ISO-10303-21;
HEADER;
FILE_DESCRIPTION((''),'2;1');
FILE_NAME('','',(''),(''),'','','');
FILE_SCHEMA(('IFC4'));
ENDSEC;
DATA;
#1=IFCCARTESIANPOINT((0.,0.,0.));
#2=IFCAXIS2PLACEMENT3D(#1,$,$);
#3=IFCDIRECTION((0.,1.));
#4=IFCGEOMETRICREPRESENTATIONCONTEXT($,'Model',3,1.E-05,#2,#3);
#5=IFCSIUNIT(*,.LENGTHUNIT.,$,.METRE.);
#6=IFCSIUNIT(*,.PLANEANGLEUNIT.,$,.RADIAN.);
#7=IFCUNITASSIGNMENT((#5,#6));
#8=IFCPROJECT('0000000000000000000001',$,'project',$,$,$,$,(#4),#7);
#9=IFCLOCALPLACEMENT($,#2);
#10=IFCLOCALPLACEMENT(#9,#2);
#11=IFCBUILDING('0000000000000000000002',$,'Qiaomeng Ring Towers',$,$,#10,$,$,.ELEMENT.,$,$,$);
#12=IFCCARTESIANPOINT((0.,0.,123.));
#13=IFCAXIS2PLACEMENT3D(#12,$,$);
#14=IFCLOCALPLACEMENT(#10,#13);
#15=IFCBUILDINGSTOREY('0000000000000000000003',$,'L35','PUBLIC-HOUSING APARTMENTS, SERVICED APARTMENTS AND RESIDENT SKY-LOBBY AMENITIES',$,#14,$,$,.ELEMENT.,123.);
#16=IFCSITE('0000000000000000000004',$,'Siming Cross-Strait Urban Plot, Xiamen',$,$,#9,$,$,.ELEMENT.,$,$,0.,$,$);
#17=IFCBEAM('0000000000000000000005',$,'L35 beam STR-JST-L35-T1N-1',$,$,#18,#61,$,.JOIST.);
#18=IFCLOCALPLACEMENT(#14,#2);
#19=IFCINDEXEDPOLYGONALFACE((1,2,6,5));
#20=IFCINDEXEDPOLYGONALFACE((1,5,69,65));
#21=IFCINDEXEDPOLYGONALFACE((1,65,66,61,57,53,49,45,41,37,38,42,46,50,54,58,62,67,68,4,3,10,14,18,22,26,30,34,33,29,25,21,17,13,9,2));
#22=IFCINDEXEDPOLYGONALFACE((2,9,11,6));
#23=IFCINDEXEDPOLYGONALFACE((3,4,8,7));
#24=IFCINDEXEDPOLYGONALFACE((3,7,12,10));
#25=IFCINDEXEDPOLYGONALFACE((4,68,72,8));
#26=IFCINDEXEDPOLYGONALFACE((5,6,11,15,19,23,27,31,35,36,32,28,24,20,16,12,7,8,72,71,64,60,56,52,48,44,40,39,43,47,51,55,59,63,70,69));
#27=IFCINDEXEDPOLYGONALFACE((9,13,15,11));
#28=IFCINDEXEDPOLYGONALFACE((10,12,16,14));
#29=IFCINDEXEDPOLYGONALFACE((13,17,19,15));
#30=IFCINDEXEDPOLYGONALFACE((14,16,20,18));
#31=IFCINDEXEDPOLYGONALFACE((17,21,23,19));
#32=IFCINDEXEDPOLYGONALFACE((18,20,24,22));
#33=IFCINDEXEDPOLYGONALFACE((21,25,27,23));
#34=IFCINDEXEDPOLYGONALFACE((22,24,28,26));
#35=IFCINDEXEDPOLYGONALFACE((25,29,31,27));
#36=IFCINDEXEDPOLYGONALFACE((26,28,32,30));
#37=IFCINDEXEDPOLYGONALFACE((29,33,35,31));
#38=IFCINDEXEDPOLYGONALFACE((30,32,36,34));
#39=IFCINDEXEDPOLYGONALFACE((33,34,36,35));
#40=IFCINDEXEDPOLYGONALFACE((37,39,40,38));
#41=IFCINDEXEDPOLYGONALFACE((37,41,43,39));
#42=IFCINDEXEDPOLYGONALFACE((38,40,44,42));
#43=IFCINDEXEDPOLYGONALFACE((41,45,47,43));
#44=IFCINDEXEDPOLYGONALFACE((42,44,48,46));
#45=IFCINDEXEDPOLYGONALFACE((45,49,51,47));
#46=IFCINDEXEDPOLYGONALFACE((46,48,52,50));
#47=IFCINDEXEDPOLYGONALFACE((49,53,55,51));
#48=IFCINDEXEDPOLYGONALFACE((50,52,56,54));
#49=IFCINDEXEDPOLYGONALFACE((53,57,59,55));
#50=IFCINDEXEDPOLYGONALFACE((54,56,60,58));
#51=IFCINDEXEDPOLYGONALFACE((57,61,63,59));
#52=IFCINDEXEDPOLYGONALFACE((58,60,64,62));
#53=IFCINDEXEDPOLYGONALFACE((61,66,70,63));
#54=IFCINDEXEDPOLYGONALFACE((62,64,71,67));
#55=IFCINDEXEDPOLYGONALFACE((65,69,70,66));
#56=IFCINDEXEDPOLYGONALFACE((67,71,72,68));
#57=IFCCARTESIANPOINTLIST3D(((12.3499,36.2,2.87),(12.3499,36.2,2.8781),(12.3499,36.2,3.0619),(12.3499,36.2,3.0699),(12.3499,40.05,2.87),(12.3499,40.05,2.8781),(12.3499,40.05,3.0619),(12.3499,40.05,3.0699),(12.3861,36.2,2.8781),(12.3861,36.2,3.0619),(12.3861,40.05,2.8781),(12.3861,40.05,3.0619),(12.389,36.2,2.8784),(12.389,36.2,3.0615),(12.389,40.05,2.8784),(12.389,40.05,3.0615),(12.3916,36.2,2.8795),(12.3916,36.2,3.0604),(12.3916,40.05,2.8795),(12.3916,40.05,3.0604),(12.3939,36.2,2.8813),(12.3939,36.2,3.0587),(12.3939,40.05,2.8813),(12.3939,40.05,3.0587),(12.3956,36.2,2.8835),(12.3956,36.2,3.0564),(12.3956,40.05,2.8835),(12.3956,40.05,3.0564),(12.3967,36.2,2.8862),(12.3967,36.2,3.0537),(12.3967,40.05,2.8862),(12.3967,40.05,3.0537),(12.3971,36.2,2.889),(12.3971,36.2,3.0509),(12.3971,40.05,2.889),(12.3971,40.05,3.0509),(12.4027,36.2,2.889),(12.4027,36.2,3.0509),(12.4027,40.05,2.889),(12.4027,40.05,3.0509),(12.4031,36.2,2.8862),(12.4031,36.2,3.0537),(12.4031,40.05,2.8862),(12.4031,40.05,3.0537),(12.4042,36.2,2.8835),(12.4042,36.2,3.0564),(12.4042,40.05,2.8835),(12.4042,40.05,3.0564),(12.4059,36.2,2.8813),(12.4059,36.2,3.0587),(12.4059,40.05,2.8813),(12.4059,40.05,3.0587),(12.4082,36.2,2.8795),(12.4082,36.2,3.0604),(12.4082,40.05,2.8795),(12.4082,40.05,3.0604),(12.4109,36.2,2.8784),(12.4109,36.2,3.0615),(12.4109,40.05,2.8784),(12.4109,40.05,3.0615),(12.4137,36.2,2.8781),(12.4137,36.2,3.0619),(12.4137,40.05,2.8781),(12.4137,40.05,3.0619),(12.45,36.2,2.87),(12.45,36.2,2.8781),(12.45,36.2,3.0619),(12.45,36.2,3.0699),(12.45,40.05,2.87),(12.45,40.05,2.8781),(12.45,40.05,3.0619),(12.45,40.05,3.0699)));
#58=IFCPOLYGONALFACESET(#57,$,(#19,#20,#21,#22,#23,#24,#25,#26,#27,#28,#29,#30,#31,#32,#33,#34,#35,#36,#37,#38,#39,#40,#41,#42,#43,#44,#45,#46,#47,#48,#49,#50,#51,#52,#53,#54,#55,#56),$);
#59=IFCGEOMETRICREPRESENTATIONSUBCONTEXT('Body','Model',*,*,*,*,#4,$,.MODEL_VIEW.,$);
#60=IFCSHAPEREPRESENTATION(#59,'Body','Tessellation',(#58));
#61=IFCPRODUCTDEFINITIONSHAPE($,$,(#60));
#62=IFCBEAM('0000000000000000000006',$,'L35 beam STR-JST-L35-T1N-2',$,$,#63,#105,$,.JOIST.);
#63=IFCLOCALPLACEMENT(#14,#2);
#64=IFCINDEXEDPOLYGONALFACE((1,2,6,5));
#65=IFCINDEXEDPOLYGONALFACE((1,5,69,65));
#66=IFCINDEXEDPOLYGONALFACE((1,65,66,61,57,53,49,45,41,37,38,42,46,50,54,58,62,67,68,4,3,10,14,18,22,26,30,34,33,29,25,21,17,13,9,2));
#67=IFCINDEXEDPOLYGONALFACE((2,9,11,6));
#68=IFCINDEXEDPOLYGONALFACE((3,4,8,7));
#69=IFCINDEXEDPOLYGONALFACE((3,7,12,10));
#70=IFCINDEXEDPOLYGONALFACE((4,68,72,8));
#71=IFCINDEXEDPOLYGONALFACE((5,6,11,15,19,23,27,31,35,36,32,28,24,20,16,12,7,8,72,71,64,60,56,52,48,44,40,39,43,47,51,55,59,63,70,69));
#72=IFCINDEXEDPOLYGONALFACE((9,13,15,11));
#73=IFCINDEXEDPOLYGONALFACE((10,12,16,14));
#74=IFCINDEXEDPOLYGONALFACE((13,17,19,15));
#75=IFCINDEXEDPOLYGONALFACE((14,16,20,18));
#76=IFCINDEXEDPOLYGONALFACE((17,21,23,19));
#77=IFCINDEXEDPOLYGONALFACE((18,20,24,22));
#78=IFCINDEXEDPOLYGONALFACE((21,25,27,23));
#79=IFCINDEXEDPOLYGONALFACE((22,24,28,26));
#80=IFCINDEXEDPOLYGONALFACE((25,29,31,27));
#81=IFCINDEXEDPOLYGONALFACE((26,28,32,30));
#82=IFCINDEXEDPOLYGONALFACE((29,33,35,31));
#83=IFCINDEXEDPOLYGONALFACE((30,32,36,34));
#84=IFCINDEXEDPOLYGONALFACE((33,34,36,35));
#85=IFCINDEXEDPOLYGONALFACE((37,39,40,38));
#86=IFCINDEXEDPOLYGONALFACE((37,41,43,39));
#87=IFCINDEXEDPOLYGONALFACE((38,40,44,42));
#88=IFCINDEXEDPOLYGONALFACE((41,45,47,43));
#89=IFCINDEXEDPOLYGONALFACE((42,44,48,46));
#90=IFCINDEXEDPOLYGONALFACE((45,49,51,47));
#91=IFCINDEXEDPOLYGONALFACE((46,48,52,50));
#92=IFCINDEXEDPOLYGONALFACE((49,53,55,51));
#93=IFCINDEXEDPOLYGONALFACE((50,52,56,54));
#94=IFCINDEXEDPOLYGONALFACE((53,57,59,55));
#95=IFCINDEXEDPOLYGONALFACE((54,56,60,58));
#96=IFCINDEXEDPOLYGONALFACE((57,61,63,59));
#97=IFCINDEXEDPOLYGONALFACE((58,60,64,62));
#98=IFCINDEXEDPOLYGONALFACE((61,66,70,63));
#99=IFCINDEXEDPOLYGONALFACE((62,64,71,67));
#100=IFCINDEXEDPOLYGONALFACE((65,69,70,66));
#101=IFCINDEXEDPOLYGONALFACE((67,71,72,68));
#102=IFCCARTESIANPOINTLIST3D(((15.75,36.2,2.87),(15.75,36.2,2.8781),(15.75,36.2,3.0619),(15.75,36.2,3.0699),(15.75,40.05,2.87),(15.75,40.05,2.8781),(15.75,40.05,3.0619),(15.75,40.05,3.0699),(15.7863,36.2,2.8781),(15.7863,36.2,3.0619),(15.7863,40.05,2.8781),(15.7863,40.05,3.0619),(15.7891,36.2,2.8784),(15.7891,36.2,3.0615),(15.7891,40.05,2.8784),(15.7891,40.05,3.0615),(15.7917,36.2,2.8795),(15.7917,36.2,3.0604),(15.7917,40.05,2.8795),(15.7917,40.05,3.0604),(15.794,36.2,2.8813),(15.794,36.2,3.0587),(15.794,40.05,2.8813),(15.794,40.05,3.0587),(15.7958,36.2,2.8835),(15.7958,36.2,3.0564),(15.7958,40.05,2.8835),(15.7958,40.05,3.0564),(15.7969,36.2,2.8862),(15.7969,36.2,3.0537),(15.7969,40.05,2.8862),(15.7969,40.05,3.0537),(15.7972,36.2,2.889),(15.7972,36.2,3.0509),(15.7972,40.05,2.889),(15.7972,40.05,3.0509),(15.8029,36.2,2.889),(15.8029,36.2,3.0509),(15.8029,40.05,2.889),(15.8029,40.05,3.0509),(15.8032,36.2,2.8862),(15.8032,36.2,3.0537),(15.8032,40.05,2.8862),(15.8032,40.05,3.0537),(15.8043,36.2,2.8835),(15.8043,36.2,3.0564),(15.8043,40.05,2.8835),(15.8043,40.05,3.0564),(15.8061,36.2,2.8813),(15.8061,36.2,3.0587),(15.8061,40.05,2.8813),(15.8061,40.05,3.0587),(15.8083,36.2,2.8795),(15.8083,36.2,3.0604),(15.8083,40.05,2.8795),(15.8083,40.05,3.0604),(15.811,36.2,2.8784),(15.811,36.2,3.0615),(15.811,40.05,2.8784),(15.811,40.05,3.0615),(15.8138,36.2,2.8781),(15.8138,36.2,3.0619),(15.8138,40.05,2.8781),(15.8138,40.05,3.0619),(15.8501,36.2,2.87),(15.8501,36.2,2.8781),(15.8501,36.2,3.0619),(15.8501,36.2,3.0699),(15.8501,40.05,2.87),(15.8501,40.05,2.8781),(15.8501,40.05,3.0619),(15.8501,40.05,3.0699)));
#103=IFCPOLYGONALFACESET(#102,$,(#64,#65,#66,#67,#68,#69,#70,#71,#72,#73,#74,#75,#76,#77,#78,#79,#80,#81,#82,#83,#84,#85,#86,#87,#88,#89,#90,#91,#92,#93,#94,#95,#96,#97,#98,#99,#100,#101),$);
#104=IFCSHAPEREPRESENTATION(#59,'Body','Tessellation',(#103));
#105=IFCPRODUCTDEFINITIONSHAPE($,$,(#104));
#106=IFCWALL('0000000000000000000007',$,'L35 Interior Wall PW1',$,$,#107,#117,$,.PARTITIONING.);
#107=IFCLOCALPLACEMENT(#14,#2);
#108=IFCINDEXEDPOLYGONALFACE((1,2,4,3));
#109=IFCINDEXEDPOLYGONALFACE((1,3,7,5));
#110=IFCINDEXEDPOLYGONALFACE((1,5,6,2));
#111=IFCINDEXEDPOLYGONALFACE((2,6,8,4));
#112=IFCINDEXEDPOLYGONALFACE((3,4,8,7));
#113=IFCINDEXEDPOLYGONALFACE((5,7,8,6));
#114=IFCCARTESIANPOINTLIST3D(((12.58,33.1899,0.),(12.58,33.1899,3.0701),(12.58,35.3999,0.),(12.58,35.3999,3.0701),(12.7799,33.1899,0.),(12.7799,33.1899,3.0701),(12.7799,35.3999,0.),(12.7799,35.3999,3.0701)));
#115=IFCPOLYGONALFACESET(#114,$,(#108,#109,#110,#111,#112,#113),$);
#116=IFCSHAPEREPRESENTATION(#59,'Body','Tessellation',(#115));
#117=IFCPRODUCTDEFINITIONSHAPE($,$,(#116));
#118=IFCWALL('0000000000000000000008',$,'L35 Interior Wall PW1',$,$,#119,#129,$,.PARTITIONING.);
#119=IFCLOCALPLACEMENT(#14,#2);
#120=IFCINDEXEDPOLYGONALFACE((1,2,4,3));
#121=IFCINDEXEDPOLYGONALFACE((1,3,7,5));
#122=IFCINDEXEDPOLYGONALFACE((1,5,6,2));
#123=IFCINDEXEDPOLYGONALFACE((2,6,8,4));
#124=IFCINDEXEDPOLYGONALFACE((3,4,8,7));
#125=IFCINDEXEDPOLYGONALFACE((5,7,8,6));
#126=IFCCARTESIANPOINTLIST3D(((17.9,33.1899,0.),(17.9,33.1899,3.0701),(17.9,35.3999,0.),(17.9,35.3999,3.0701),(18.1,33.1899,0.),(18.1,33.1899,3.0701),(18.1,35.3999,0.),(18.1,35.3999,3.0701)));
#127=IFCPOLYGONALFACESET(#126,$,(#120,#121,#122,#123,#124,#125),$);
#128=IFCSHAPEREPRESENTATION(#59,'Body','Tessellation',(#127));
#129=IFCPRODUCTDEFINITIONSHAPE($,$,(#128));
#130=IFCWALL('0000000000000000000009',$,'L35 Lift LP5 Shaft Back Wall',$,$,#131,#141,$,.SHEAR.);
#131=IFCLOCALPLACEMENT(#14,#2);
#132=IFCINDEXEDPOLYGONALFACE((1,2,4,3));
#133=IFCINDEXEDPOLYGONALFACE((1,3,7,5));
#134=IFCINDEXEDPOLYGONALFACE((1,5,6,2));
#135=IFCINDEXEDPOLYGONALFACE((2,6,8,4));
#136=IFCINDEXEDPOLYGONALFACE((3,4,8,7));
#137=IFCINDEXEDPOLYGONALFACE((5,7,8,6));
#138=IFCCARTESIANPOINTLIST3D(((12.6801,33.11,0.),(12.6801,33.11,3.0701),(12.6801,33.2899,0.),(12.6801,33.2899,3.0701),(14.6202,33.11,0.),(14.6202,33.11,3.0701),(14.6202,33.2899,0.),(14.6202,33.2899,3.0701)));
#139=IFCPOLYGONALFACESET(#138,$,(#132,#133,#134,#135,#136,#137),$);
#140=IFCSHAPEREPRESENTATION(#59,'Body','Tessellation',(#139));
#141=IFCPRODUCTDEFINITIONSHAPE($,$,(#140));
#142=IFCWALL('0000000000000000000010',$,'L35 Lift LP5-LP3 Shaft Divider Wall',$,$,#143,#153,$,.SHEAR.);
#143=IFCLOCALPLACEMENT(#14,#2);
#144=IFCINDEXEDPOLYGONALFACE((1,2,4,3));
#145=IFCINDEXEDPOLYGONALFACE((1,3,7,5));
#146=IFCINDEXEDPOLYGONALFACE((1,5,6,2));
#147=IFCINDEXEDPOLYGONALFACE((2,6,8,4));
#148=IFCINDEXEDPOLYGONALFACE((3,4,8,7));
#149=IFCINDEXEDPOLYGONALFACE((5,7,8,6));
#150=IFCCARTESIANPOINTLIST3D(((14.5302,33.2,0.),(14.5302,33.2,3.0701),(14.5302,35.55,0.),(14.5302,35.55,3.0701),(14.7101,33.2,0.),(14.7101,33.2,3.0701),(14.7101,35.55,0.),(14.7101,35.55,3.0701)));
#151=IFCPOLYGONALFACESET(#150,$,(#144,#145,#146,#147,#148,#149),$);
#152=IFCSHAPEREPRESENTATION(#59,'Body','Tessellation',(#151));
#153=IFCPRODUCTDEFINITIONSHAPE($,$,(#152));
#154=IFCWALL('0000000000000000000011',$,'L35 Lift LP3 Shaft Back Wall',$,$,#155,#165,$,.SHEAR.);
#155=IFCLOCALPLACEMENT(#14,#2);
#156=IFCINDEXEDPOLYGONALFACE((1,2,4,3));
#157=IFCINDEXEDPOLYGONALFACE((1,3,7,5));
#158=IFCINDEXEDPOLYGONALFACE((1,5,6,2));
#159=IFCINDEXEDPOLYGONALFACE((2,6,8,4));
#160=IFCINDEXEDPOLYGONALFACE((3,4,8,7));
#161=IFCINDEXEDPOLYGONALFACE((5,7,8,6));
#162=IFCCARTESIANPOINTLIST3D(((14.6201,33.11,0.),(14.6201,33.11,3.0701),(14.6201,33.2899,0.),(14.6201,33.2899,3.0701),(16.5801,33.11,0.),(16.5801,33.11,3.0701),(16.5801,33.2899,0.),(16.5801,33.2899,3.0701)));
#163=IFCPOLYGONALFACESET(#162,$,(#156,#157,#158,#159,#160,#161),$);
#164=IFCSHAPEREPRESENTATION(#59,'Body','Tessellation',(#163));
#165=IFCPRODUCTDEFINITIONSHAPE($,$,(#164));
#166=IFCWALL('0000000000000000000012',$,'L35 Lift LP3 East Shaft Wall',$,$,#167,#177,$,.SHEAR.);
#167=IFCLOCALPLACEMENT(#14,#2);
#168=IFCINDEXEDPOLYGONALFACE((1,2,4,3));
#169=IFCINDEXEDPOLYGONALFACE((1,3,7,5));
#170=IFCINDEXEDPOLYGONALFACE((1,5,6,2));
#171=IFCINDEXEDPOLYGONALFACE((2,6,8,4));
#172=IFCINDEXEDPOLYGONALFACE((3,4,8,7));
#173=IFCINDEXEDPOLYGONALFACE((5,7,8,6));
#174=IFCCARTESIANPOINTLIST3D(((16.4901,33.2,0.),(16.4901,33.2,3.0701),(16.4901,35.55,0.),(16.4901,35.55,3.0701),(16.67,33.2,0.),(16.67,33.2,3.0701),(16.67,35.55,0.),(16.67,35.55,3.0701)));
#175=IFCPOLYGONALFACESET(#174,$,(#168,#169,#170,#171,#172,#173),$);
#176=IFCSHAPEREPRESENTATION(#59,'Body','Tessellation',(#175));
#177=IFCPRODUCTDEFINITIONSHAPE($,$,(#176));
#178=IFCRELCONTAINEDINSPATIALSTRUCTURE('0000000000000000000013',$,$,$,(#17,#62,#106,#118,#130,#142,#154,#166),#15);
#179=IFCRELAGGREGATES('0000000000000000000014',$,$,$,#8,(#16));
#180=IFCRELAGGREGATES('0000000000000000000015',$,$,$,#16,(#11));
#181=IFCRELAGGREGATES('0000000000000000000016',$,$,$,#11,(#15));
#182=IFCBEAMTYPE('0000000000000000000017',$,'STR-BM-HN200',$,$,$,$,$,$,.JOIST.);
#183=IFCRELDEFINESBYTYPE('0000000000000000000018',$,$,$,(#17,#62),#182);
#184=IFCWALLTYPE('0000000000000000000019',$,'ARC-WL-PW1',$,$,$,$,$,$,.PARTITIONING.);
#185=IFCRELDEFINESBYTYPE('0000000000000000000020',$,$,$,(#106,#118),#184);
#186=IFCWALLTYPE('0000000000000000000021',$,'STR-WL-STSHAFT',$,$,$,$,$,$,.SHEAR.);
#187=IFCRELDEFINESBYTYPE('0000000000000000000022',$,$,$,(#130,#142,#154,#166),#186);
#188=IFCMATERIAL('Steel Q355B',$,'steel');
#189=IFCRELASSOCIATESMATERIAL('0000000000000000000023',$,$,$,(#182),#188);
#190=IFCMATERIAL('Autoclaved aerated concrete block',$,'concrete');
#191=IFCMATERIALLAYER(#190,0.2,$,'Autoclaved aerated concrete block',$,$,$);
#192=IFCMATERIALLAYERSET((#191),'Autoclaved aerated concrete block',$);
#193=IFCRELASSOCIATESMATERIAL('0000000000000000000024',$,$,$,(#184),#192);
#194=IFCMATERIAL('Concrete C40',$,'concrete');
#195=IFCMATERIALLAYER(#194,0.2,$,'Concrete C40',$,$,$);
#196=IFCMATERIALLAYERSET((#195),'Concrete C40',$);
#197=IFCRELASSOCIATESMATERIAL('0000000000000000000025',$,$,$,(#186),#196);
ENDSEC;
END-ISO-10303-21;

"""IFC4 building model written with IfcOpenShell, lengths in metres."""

from ifc_helpers import new_model, si_unit, direction, frame, frame_2d, origin, origin_2d, place, context, subcontext, project, spatial, rectangle, i_section, extrude, source, transform, mapped, material, layer, layer_set, material_profile, profile_set, type_object, element, save


model = new_model("IFC4")

# Units and contexts
model_context = context("Model", 3, precision=1e-05, world=origin(), true_north=direction((0.0, 1.0)))
body_context = subcontext(model_context, "Body", "Model", "MODEL_VIEW")
ifc_project = project(units=[si_unit("LENGTHUNIT", "METRE"), si_unit("PLANEANGLEUNIT", "RADIAN")], contexts=[model_context])

# Site, building, storey
site_placement = place(None, origin())
site = spatial("IfcSite", under=ifc_project, at=site_placement, Name="Siming Cross-Strait Urban Plot, Xiamen", CompositionType="ELEMENT", RefElevation=0.0)
building_placement = place(site_placement, origin())
building = spatial("IfcBuilding", under=site, at=building_placement, Name="Qiaomeng Ring Towers", CompositionType="ELEMENT")
storey_placement = place(building_placement, frame((0.0, 0.0, 123.0)))
storey = spatial("IfcBuildingStorey", under=building, at=storey_placement, Name="L35", Description="PUBLIC-HOUSING APARTMENTS, SERVICED APARTMENTS AND RESIDENT SKY-LOBBY AMENITIES", CompositionType="ELEMENT", Elevation=123.0)

# Beams
ifc_material_1 = material(Name="Steel Q355B", Category="steel")
ifc_material_profile_1 = material_profile(ifc_material_1, i_section(OverallWidth=0.1001, OverallDepth=0.2, WebThickness=0.0056, FlangeThickness=0.0081, FilletRadius=0.011, at=origin_2d()), Name="HN 200x100x5.5x8")
ifc_profile_set_1 = profile_set([ifc_material_profile_1], Name="Steel Q355B")
beam_type = type_object("IfcBeamType", Name="STR-BM-HN200", PredefinedType="JOIST", material=ifc_profile_set_1)
shared_shape_1 = source(origin(), body_context, "Body", "SweptSolid", [
    extrude(i_section(OverallWidth=0.1001, OverallDepth=0.2, WebThickness=0.0056, FlangeThickness=0.0081, FilletRadius=0.011, at=origin_2d()), origin(), (0.0, 0.0, 1.0), 3.8501),
])
for number, where, z_axis, x_axis, name in (
    (1, (12.3999, 36.2, 2.97), (0.0, 1.0, 0.0), (-1.0, 0.0, 0.0), "L35 beam STR-JST-L35-T1N-1"),
    (2, (15.8, 36.2, 2.97), (0.0, 1.0, 0.0), (-1.0, 0.0, 0.0), "L35 beam STR-JST-L35-T1N-2"),
):
    element("IfcBeam", number, at=place(storey_placement, frame(where, z_axis=z_axis, x_axis=x_axis)), inside=storey, type_object=beam_type, Name=name, PredefinedType="JOIST", context=body_context, shape_type="MappedRepresentation", body=[
        mapped(shared_shape_1, transform((0.0, 0.0, 0.0), x_axis=(1.0, 0.0, 0.0), y_axis=(0.0, 1.0, 0.0), z_axis=(0.0, 0.0, 1.0), scale=1.0)),
    ])

# Walls
ifc_material_2 = material(Name="Autoclaved aerated concrete block", Category="concrete")
ifc_layer_1 = layer(ifc_material_2, 0.2, Name="Autoclaved aerated concrete block")
ifc_layer_set_1 = layer_set([ifc_layer_1], Name="Autoclaved aerated concrete block")
wall_type_1 = type_object("IfcWallType", Name="ARC-WL-PW1", PredefinedType="PARTITIONING", material=ifc_layer_set_1)
for number, where, z_axis, x_axis, name in (
    (3, (12.6799, 33.1899, 0.0), (0.0, 0.0, 1.0), (0.0, 1.0, 0.0), "L35 Interior Wall PW1"),
    (4, (18.0, 33.1899, 0.0), (0.0, 0.0, 1.0), (0.0, 1.0, 0.0), "L35 Interior Wall PW1"),
):
    element("IfcWall", number, at=place(storey_placement, frame(where, z_axis=z_axis, x_axis=x_axis)), inside=storey, type_object=wall_type_1, Name=name, PredefinedType="PARTITIONING", context=body_context, shape_type="SweptSolid", body=[
        extrude(rectangle(XDim=2.21, YDim=0.2, at=frame_2d((1.105, 0.0))), origin(), (0.0, 0.0, 1.0), 3.0701),
    ])
ifc_material_3 = material(Name="Concrete C40", Category="concrete")
ifc_layer_2 = layer(ifc_material_3, 0.2, Name="Concrete C40")
ifc_layer_set_2 = layer_set([ifc_layer_2], Name="Concrete C40")
wall_type_2 = type_object("IfcWallType", Name="STR-WL-STSHAFT", PredefinedType="SHEAR", material=ifc_layer_set_2)
wall_1_placement = place(storey_placement, frame((12.6799, 33.2, 0.0), z_axis=(0.0, 0.0, 1.0), x_axis=(1.0, 0.0, 0.0)))
element("IfcWall", 5, at=wall_1_placement, inside=storey, type_object=wall_type_2, Name="L35 Lift LP5 Shaft Back Wall", PredefinedType="SHEAR", context=body_context, shape_type="SweptSolid", body=[
    extrude(rectangle(XDim=1.9402, YDim=0.1799, at=frame_2d((0.9702, 0.0))), origin(), (0.0, 0.0, 1.0), 3.0701),
])
wall_2_placement = place(storey_placement, frame((14.6201, 33.2, 0.0), z_axis=(0.0, 0.0, 1.0), x_axis=(0.0, 1.0, 0.0)))
element("IfcWall", 6, at=wall_2_placement, inside=storey, type_object=wall_type_2, Name="L35 Lift LP5-LP3 Shaft Divider Wall", PredefinedType="SHEAR", context=body_context, shape_type="SweptSolid", body=[
    extrude(rectangle(XDim=2.3501, YDim=0.1799, at=frame_2d((1.175, 0.0))), origin(), (0.0, 0.0, 1.0), 3.0701),
])
wall_3_placement = place(storey_placement, frame((14.6201, 33.2, 0.0), z_axis=(0.0, 0.0, 1.0), x_axis=(1.0, 0.0, 0.0)))
element("IfcWall", 7, at=wall_3_placement, inside=storey, type_object=wall_type_2, Name="L35 Lift LP3 Shaft Back Wall", PredefinedType="SHEAR", context=body_context, shape_type="SweptSolid", body=[
    extrude(rectangle(XDim=1.96, YDim=0.1799, at=frame_2d((0.98, 0.0))), origin(), (0.0, 0.0, 1.0), 3.0701),
])
wall_4_placement = place(storey_placement, frame((16.5801, 33.2, 0.0), z_axis=(0.0, 0.0, 1.0), x_axis=(0.0, 1.0, 0.0)))
element("IfcWall", 8, at=wall_4_placement, inside=storey, type_object=wall_type_2, Name="L35 Lift LP3 East Shaft Wall", PredefinedType="SHEAR", context=body_context, shape_type="SweptSolid", body=[
    extrude(rectangle(XDim=2.3501, YDim=0.1799, at=frame_2d((1.175, 0.0))), origin(), (0.0, 0.0, 1.0), 3.0701),
])

save(model, "model.ifc")
